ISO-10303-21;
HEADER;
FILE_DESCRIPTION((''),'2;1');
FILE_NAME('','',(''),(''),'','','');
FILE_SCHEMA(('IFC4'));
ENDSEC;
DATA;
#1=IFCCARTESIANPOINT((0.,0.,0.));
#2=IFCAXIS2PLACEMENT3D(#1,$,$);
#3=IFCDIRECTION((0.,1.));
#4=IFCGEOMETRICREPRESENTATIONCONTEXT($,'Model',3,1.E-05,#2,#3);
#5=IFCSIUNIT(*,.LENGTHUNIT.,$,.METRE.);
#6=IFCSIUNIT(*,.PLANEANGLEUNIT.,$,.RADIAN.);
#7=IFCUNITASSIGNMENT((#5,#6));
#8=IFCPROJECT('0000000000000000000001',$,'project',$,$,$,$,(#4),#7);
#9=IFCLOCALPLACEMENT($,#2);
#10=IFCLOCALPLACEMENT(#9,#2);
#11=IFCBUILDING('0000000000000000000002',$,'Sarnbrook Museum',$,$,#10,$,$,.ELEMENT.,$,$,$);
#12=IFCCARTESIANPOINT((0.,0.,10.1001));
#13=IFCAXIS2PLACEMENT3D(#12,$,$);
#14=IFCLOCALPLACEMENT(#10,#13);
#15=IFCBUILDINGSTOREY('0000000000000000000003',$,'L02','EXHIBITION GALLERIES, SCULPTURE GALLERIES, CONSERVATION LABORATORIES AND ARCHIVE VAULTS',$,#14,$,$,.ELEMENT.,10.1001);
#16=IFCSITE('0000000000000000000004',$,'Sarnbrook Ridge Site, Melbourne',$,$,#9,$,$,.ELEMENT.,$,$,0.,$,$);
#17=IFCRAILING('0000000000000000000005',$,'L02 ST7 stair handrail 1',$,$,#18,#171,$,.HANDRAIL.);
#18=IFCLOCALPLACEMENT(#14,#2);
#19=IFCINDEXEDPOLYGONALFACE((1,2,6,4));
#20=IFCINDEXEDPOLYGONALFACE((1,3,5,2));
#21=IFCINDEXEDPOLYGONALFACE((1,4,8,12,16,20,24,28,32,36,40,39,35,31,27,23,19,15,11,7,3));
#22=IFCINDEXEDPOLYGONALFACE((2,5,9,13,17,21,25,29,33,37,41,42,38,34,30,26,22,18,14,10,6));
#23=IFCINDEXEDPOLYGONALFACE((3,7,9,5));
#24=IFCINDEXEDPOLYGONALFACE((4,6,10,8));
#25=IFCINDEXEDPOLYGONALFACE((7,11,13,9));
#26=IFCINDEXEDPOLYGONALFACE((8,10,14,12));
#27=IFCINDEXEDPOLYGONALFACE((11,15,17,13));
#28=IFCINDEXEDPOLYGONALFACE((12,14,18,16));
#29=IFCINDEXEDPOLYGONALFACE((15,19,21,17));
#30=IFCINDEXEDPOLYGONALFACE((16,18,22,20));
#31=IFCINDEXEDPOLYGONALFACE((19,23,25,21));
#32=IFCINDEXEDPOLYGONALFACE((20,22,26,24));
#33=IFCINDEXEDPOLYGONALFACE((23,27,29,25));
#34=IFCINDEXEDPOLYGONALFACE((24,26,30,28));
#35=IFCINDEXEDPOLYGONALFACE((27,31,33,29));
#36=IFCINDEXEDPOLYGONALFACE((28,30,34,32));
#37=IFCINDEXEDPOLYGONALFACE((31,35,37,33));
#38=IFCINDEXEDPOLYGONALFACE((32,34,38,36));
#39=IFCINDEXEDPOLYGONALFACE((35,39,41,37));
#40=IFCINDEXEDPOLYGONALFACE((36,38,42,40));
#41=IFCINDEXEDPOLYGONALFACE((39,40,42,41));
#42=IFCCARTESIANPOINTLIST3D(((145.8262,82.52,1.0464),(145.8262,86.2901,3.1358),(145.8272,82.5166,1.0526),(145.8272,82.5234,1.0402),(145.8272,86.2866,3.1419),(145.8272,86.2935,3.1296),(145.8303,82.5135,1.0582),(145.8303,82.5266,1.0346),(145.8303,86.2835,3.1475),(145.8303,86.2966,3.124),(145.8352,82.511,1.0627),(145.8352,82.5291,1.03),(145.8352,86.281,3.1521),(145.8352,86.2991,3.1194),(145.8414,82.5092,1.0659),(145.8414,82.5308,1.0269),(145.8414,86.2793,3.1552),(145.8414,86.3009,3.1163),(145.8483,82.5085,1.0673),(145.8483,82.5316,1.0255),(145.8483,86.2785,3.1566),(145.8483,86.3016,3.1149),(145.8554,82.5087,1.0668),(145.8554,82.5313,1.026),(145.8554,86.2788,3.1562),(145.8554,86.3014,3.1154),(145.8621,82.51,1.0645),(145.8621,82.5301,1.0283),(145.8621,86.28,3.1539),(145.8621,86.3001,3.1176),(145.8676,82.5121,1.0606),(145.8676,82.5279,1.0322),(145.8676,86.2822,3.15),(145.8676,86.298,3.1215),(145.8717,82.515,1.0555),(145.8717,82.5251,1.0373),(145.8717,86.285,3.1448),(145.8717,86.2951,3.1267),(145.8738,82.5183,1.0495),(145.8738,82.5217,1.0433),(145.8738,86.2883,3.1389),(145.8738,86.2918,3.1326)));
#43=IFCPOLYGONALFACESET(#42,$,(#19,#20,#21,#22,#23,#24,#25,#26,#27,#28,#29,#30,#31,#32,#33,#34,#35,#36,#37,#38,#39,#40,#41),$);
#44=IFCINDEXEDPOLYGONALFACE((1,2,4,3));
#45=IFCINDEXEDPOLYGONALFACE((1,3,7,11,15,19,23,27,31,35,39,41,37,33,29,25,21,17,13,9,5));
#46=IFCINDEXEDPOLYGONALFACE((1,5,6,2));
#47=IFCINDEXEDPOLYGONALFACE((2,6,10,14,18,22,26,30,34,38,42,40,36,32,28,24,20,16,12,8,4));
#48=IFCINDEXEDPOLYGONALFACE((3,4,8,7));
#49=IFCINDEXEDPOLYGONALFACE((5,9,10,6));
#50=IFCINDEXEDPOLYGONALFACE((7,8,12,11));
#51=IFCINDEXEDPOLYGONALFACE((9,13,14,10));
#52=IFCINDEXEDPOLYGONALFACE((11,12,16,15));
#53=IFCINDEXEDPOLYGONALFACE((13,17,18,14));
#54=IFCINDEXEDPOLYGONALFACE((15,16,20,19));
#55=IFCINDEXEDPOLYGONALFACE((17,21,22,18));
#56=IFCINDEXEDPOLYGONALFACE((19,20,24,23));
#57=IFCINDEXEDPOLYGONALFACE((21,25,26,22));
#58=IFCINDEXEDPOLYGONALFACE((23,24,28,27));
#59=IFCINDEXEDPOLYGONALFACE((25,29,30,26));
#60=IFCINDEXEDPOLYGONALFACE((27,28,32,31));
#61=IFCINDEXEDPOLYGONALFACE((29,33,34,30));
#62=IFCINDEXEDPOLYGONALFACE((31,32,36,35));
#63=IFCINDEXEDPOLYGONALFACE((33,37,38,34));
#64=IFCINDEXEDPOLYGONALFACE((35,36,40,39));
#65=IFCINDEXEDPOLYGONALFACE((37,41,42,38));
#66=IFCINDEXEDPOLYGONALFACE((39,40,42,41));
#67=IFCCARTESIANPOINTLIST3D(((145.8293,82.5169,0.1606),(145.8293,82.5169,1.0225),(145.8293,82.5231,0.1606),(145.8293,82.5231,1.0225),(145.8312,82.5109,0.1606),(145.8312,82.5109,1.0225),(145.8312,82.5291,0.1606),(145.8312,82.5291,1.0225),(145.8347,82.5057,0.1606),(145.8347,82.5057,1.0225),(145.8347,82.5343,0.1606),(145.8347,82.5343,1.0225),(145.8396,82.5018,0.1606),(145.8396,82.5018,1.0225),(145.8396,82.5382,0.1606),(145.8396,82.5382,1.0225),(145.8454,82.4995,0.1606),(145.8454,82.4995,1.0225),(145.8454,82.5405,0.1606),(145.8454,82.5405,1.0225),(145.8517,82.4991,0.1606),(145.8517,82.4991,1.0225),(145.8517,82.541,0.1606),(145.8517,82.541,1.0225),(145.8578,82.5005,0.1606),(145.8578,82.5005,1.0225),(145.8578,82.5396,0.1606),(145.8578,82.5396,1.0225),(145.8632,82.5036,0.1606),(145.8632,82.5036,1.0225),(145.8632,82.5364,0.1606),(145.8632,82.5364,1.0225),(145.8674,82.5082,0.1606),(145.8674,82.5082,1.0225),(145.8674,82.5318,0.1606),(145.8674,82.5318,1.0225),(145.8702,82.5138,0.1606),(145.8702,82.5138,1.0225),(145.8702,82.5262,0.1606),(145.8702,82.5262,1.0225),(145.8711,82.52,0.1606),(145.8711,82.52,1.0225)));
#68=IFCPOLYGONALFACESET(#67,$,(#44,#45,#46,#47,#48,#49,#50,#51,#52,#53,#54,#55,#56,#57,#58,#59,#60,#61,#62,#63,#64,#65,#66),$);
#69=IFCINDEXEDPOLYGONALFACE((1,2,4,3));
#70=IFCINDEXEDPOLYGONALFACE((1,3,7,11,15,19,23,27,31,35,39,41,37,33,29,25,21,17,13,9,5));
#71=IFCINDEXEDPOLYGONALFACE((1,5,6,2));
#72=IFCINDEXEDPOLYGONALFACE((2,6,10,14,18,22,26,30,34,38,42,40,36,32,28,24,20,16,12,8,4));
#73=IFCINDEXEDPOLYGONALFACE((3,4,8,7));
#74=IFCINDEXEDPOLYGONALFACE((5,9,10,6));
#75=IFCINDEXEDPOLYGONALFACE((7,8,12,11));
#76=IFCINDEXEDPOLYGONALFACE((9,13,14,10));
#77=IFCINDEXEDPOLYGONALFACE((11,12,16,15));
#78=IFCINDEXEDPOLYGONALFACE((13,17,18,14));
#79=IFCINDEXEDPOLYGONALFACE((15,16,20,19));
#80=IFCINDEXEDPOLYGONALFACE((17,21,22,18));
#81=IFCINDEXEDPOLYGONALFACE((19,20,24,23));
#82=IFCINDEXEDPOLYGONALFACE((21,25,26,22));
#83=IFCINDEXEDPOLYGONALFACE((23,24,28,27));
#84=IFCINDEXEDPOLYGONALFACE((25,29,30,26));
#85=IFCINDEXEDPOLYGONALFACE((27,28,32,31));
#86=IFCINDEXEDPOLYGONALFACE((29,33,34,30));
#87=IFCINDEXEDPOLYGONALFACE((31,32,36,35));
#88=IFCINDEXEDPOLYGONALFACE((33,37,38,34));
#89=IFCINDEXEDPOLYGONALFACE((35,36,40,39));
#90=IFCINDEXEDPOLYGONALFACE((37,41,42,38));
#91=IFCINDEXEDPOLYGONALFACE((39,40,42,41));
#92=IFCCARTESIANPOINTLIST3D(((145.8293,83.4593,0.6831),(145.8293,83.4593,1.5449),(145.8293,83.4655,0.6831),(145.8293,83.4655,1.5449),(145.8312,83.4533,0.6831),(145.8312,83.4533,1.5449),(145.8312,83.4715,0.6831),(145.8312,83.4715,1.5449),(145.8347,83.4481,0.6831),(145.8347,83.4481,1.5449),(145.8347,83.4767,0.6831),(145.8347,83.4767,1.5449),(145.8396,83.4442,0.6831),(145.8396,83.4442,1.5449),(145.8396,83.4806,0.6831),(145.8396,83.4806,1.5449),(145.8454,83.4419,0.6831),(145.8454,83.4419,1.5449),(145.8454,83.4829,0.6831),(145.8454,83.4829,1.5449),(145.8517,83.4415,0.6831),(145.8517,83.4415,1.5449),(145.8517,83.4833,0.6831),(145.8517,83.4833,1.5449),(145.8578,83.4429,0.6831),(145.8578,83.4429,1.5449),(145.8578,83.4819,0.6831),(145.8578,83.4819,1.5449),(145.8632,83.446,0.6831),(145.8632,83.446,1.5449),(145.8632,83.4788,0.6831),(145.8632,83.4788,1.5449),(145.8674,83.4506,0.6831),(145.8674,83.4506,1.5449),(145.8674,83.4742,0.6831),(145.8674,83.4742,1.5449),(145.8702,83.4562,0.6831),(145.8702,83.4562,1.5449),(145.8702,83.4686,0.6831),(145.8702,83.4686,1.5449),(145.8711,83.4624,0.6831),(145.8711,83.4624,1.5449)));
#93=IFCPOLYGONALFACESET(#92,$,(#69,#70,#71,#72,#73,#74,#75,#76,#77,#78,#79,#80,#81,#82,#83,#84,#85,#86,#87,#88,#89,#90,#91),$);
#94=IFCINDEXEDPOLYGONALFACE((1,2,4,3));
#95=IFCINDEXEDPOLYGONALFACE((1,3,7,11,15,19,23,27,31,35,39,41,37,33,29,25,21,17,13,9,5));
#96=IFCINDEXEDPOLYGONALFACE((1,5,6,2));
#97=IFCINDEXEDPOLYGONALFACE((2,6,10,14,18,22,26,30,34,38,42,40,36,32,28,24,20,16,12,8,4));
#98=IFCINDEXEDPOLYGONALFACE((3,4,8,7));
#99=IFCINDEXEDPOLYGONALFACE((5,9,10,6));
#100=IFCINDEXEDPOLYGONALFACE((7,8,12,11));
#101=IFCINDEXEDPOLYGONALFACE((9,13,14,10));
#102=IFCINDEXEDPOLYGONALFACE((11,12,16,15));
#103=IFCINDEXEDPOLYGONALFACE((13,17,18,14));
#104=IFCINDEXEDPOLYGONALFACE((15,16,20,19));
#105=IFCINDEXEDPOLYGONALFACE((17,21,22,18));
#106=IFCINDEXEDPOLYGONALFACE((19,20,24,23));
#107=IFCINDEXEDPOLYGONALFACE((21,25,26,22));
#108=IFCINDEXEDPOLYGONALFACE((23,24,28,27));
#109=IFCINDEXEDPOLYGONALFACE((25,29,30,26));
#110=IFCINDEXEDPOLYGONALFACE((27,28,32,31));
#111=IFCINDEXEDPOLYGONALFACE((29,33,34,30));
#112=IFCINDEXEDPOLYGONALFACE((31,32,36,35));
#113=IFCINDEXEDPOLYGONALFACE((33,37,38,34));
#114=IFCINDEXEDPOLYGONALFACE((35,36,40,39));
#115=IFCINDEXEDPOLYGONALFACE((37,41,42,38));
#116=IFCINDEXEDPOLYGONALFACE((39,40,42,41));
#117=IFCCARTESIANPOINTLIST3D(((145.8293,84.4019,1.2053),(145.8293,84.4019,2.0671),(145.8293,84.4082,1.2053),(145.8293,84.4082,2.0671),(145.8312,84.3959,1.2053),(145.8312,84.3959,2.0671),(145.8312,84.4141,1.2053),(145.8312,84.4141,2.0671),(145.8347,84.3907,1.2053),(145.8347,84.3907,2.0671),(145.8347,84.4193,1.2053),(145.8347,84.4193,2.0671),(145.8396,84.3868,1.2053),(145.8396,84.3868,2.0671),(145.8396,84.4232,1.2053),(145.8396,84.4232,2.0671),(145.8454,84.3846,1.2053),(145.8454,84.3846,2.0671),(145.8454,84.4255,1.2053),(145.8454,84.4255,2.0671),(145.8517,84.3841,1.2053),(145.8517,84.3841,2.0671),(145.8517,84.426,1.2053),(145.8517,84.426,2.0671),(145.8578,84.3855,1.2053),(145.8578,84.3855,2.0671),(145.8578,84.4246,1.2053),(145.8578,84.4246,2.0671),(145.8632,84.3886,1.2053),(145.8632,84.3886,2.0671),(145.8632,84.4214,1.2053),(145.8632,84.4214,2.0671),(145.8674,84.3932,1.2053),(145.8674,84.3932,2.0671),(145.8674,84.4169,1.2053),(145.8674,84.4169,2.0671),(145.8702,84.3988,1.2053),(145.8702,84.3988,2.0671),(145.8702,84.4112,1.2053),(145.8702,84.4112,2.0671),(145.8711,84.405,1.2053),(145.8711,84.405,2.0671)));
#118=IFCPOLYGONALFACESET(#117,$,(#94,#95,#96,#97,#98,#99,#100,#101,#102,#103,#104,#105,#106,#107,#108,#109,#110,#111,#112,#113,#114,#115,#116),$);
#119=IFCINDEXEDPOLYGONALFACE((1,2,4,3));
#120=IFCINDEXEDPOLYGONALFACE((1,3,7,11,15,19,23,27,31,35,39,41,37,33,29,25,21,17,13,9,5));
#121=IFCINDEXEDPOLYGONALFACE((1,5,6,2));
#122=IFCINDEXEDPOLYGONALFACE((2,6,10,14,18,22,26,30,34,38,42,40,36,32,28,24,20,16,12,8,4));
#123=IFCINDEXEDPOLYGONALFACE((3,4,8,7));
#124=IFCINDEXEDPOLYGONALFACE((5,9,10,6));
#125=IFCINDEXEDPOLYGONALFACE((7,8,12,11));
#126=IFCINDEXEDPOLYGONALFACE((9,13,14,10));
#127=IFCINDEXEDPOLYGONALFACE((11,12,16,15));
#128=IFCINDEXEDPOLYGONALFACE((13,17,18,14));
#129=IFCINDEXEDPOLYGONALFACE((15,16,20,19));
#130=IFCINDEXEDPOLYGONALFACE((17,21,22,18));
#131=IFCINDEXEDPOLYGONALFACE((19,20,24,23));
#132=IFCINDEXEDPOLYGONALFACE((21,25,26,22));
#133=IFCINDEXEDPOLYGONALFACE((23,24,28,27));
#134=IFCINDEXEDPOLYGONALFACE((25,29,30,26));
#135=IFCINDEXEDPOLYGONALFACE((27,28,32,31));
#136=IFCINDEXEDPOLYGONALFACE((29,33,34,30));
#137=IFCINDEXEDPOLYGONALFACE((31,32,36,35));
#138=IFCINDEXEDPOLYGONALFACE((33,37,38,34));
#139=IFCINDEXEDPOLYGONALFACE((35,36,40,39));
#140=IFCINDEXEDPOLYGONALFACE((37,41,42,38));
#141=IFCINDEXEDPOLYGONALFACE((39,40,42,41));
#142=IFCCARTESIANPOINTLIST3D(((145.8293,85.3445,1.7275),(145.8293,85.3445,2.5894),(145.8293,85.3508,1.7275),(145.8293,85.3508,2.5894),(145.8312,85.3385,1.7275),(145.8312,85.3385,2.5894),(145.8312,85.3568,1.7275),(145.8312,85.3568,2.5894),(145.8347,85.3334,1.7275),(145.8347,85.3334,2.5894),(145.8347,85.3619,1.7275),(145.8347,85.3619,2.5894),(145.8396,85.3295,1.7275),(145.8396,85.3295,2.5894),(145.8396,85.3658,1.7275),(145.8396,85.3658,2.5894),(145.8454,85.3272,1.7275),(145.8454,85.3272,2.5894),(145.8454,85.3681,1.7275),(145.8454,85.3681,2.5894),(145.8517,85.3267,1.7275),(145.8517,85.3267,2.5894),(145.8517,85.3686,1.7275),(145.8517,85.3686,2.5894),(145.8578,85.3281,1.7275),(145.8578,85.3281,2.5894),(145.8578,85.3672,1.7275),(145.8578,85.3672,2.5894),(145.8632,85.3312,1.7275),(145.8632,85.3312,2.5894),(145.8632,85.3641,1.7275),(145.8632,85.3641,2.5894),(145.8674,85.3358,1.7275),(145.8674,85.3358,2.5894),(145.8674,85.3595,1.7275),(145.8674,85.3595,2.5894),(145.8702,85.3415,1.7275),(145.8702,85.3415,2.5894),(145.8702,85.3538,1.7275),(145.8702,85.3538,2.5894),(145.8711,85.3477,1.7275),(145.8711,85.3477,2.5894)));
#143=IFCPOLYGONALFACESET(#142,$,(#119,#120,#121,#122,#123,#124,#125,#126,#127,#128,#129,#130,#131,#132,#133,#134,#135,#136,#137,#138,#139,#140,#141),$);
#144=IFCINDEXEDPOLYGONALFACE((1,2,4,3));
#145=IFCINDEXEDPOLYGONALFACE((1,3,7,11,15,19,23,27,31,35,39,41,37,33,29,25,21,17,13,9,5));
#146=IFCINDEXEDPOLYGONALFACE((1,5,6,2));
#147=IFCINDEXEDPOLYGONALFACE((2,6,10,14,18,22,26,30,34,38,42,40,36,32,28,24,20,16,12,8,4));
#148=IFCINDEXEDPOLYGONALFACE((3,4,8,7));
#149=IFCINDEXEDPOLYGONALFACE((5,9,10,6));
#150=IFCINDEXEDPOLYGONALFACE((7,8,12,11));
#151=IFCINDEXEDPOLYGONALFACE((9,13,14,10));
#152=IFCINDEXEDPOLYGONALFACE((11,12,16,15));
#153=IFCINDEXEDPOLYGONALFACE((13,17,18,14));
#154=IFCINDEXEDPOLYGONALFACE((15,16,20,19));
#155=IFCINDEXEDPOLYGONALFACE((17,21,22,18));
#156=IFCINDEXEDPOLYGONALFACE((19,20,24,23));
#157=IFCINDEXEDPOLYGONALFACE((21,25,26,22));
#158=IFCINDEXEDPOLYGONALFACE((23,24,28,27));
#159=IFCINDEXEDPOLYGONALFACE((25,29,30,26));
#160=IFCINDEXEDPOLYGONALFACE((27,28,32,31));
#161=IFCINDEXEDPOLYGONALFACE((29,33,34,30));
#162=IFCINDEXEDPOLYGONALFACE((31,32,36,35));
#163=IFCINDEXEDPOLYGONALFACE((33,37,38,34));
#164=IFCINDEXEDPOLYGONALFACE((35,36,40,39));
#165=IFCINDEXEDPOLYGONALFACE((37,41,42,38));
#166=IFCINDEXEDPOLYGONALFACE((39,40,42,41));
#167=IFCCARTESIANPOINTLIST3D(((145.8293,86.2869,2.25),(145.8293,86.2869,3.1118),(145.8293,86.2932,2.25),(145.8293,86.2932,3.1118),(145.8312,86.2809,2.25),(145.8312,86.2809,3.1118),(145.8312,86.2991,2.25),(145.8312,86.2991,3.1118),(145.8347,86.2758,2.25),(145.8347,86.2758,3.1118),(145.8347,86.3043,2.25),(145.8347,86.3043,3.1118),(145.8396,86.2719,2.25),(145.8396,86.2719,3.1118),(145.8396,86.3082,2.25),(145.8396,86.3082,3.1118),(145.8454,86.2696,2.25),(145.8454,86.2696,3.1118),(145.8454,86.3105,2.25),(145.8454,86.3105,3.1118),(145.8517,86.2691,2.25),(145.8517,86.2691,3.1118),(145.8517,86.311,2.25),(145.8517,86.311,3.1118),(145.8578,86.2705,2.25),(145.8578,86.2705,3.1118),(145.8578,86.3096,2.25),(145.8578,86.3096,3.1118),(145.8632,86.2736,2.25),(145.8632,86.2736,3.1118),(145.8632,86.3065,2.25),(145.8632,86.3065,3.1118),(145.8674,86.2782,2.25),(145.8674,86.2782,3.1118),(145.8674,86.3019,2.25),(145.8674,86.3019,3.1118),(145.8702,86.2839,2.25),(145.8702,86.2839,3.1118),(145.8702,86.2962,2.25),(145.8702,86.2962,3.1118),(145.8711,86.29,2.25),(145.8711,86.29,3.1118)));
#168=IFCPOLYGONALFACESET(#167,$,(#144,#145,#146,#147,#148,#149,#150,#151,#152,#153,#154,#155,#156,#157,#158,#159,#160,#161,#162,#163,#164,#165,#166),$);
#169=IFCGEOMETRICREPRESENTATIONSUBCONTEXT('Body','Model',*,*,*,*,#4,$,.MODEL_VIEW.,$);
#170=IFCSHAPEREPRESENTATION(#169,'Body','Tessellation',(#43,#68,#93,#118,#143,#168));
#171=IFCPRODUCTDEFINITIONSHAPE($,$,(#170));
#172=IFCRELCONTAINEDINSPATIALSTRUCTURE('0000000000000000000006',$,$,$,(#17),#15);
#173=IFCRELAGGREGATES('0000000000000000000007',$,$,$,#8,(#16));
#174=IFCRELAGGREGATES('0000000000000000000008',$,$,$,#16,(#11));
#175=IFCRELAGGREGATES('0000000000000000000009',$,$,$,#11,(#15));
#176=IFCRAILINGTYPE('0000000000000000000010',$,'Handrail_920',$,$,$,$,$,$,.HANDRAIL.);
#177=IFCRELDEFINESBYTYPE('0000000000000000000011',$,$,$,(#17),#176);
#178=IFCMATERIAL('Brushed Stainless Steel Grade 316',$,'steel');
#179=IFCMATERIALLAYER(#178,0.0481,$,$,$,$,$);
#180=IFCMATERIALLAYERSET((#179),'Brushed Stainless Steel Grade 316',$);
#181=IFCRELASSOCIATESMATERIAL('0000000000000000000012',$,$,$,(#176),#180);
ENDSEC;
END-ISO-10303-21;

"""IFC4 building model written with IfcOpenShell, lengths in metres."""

from ifc_helpers import new_model, si_unit, direction, frame, origin, origin_2d, place, context, subcontext, project, spatial, circle, extrude, material, layer, layer_set, type_object, element, save


model = new_model("IFC4")

# Units and contexts
model_context = context("Model", 3, precision=1e-05, world=origin(), true_north=direction((0.0, 1.0)))
body_context = subcontext(model_context, "Body", "Model", "MODEL_VIEW")
ifc_project = project(units=[si_unit("LENGTHUNIT", "METRE"), si_unit("PLANEANGLEUNIT", "RADIAN")], contexts=[model_context])

# Site, building, storey
site_placement = place(None, origin())
site = spatial("IfcSite", under=ifc_project, at=site_placement, Name="Sarnbrook Ridge Site, Melbourne", CompositionType="ELEMENT", RefElevation=0.0)
building_placement = place(site_placement, origin())
building = spatial("IfcBuilding", under=site, at=building_placement, Name="Sarnbrook Museum", CompositionType="ELEMENT")
storey_placement = place(building_placement, frame((0.0, 0.0, 10.1001)))
storey = spatial("IfcBuildingStorey", under=building, at=storey_placement, Name="L02", Description="EXHIBITION GALLERIES, SCULPTURE GALLERIES, CONSERVATION LABORATORIES AND ARCHIVE VAULTS", CompositionType="ELEMENT", Elevation=10.1001)

# Railing
ifc_material_1 = material(Name="Brushed Stainless Steel Grade 316", Category="steel")
ifc_layer_1 = layer(ifc_material_1, 0.0481)
ifc_layer_set_1 = layer_set([ifc_layer_1], Name="Brushed Stainless Steel Grade 316")
railing_type_1 = type_object("IfcRailingType", Name="Handrail_920", PredefinedType="HANDRAIL", material=ifc_layer_set_1)
railing_1_placement = place(storey_placement, frame((145.8501, 82.52, 0.1606)))
element("IfcRailing", 1, at=railing_1_placement, inside=storey, type_object=railing_type_1, Name="L02 ST7 stair handrail 1", PredefinedType="HANDRAIL", context=body_context, shape_type="SweptSolid", body=[
    extrude(circle(Radius=0.0239, at=origin_2d()), frame((0.0, 0.0, 0.8857), z_axis=(0.0, 0.874659, 0.484739), x_axis=(-1.0, 0.0, 0.0)), (0.0, 0.0, 1.0), 4.3103),
    extrude(circle(Radius=0.021, at=origin_2d()), origin(), (0.0, 0.0, 1.0), 0.8618),
    extrude(circle(Radius=0.021, at=origin_2d()), frame((0.0, 0.9424, 0.5225)), (0.0, 0.0, 1.0), 0.8618),
    extrude(circle(Radius=0.021, at=origin_2d()), frame((0.0, 1.885, 1.0447)), (0.0, 0.0, 1.0), 0.8618),
    extrude(circle(Radius=0.021, at=origin_2d()), frame((0.0, 2.8276, 1.5669)), (0.0, 0.0, 1.0), 0.8618),
    extrude(circle(Radius=0.021, at=origin_2d()), frame((0.0, 3.77, 2.0894)), (0.0, 0.0, 1.0), 0.8618),
])

save(model, "model.ifc")
